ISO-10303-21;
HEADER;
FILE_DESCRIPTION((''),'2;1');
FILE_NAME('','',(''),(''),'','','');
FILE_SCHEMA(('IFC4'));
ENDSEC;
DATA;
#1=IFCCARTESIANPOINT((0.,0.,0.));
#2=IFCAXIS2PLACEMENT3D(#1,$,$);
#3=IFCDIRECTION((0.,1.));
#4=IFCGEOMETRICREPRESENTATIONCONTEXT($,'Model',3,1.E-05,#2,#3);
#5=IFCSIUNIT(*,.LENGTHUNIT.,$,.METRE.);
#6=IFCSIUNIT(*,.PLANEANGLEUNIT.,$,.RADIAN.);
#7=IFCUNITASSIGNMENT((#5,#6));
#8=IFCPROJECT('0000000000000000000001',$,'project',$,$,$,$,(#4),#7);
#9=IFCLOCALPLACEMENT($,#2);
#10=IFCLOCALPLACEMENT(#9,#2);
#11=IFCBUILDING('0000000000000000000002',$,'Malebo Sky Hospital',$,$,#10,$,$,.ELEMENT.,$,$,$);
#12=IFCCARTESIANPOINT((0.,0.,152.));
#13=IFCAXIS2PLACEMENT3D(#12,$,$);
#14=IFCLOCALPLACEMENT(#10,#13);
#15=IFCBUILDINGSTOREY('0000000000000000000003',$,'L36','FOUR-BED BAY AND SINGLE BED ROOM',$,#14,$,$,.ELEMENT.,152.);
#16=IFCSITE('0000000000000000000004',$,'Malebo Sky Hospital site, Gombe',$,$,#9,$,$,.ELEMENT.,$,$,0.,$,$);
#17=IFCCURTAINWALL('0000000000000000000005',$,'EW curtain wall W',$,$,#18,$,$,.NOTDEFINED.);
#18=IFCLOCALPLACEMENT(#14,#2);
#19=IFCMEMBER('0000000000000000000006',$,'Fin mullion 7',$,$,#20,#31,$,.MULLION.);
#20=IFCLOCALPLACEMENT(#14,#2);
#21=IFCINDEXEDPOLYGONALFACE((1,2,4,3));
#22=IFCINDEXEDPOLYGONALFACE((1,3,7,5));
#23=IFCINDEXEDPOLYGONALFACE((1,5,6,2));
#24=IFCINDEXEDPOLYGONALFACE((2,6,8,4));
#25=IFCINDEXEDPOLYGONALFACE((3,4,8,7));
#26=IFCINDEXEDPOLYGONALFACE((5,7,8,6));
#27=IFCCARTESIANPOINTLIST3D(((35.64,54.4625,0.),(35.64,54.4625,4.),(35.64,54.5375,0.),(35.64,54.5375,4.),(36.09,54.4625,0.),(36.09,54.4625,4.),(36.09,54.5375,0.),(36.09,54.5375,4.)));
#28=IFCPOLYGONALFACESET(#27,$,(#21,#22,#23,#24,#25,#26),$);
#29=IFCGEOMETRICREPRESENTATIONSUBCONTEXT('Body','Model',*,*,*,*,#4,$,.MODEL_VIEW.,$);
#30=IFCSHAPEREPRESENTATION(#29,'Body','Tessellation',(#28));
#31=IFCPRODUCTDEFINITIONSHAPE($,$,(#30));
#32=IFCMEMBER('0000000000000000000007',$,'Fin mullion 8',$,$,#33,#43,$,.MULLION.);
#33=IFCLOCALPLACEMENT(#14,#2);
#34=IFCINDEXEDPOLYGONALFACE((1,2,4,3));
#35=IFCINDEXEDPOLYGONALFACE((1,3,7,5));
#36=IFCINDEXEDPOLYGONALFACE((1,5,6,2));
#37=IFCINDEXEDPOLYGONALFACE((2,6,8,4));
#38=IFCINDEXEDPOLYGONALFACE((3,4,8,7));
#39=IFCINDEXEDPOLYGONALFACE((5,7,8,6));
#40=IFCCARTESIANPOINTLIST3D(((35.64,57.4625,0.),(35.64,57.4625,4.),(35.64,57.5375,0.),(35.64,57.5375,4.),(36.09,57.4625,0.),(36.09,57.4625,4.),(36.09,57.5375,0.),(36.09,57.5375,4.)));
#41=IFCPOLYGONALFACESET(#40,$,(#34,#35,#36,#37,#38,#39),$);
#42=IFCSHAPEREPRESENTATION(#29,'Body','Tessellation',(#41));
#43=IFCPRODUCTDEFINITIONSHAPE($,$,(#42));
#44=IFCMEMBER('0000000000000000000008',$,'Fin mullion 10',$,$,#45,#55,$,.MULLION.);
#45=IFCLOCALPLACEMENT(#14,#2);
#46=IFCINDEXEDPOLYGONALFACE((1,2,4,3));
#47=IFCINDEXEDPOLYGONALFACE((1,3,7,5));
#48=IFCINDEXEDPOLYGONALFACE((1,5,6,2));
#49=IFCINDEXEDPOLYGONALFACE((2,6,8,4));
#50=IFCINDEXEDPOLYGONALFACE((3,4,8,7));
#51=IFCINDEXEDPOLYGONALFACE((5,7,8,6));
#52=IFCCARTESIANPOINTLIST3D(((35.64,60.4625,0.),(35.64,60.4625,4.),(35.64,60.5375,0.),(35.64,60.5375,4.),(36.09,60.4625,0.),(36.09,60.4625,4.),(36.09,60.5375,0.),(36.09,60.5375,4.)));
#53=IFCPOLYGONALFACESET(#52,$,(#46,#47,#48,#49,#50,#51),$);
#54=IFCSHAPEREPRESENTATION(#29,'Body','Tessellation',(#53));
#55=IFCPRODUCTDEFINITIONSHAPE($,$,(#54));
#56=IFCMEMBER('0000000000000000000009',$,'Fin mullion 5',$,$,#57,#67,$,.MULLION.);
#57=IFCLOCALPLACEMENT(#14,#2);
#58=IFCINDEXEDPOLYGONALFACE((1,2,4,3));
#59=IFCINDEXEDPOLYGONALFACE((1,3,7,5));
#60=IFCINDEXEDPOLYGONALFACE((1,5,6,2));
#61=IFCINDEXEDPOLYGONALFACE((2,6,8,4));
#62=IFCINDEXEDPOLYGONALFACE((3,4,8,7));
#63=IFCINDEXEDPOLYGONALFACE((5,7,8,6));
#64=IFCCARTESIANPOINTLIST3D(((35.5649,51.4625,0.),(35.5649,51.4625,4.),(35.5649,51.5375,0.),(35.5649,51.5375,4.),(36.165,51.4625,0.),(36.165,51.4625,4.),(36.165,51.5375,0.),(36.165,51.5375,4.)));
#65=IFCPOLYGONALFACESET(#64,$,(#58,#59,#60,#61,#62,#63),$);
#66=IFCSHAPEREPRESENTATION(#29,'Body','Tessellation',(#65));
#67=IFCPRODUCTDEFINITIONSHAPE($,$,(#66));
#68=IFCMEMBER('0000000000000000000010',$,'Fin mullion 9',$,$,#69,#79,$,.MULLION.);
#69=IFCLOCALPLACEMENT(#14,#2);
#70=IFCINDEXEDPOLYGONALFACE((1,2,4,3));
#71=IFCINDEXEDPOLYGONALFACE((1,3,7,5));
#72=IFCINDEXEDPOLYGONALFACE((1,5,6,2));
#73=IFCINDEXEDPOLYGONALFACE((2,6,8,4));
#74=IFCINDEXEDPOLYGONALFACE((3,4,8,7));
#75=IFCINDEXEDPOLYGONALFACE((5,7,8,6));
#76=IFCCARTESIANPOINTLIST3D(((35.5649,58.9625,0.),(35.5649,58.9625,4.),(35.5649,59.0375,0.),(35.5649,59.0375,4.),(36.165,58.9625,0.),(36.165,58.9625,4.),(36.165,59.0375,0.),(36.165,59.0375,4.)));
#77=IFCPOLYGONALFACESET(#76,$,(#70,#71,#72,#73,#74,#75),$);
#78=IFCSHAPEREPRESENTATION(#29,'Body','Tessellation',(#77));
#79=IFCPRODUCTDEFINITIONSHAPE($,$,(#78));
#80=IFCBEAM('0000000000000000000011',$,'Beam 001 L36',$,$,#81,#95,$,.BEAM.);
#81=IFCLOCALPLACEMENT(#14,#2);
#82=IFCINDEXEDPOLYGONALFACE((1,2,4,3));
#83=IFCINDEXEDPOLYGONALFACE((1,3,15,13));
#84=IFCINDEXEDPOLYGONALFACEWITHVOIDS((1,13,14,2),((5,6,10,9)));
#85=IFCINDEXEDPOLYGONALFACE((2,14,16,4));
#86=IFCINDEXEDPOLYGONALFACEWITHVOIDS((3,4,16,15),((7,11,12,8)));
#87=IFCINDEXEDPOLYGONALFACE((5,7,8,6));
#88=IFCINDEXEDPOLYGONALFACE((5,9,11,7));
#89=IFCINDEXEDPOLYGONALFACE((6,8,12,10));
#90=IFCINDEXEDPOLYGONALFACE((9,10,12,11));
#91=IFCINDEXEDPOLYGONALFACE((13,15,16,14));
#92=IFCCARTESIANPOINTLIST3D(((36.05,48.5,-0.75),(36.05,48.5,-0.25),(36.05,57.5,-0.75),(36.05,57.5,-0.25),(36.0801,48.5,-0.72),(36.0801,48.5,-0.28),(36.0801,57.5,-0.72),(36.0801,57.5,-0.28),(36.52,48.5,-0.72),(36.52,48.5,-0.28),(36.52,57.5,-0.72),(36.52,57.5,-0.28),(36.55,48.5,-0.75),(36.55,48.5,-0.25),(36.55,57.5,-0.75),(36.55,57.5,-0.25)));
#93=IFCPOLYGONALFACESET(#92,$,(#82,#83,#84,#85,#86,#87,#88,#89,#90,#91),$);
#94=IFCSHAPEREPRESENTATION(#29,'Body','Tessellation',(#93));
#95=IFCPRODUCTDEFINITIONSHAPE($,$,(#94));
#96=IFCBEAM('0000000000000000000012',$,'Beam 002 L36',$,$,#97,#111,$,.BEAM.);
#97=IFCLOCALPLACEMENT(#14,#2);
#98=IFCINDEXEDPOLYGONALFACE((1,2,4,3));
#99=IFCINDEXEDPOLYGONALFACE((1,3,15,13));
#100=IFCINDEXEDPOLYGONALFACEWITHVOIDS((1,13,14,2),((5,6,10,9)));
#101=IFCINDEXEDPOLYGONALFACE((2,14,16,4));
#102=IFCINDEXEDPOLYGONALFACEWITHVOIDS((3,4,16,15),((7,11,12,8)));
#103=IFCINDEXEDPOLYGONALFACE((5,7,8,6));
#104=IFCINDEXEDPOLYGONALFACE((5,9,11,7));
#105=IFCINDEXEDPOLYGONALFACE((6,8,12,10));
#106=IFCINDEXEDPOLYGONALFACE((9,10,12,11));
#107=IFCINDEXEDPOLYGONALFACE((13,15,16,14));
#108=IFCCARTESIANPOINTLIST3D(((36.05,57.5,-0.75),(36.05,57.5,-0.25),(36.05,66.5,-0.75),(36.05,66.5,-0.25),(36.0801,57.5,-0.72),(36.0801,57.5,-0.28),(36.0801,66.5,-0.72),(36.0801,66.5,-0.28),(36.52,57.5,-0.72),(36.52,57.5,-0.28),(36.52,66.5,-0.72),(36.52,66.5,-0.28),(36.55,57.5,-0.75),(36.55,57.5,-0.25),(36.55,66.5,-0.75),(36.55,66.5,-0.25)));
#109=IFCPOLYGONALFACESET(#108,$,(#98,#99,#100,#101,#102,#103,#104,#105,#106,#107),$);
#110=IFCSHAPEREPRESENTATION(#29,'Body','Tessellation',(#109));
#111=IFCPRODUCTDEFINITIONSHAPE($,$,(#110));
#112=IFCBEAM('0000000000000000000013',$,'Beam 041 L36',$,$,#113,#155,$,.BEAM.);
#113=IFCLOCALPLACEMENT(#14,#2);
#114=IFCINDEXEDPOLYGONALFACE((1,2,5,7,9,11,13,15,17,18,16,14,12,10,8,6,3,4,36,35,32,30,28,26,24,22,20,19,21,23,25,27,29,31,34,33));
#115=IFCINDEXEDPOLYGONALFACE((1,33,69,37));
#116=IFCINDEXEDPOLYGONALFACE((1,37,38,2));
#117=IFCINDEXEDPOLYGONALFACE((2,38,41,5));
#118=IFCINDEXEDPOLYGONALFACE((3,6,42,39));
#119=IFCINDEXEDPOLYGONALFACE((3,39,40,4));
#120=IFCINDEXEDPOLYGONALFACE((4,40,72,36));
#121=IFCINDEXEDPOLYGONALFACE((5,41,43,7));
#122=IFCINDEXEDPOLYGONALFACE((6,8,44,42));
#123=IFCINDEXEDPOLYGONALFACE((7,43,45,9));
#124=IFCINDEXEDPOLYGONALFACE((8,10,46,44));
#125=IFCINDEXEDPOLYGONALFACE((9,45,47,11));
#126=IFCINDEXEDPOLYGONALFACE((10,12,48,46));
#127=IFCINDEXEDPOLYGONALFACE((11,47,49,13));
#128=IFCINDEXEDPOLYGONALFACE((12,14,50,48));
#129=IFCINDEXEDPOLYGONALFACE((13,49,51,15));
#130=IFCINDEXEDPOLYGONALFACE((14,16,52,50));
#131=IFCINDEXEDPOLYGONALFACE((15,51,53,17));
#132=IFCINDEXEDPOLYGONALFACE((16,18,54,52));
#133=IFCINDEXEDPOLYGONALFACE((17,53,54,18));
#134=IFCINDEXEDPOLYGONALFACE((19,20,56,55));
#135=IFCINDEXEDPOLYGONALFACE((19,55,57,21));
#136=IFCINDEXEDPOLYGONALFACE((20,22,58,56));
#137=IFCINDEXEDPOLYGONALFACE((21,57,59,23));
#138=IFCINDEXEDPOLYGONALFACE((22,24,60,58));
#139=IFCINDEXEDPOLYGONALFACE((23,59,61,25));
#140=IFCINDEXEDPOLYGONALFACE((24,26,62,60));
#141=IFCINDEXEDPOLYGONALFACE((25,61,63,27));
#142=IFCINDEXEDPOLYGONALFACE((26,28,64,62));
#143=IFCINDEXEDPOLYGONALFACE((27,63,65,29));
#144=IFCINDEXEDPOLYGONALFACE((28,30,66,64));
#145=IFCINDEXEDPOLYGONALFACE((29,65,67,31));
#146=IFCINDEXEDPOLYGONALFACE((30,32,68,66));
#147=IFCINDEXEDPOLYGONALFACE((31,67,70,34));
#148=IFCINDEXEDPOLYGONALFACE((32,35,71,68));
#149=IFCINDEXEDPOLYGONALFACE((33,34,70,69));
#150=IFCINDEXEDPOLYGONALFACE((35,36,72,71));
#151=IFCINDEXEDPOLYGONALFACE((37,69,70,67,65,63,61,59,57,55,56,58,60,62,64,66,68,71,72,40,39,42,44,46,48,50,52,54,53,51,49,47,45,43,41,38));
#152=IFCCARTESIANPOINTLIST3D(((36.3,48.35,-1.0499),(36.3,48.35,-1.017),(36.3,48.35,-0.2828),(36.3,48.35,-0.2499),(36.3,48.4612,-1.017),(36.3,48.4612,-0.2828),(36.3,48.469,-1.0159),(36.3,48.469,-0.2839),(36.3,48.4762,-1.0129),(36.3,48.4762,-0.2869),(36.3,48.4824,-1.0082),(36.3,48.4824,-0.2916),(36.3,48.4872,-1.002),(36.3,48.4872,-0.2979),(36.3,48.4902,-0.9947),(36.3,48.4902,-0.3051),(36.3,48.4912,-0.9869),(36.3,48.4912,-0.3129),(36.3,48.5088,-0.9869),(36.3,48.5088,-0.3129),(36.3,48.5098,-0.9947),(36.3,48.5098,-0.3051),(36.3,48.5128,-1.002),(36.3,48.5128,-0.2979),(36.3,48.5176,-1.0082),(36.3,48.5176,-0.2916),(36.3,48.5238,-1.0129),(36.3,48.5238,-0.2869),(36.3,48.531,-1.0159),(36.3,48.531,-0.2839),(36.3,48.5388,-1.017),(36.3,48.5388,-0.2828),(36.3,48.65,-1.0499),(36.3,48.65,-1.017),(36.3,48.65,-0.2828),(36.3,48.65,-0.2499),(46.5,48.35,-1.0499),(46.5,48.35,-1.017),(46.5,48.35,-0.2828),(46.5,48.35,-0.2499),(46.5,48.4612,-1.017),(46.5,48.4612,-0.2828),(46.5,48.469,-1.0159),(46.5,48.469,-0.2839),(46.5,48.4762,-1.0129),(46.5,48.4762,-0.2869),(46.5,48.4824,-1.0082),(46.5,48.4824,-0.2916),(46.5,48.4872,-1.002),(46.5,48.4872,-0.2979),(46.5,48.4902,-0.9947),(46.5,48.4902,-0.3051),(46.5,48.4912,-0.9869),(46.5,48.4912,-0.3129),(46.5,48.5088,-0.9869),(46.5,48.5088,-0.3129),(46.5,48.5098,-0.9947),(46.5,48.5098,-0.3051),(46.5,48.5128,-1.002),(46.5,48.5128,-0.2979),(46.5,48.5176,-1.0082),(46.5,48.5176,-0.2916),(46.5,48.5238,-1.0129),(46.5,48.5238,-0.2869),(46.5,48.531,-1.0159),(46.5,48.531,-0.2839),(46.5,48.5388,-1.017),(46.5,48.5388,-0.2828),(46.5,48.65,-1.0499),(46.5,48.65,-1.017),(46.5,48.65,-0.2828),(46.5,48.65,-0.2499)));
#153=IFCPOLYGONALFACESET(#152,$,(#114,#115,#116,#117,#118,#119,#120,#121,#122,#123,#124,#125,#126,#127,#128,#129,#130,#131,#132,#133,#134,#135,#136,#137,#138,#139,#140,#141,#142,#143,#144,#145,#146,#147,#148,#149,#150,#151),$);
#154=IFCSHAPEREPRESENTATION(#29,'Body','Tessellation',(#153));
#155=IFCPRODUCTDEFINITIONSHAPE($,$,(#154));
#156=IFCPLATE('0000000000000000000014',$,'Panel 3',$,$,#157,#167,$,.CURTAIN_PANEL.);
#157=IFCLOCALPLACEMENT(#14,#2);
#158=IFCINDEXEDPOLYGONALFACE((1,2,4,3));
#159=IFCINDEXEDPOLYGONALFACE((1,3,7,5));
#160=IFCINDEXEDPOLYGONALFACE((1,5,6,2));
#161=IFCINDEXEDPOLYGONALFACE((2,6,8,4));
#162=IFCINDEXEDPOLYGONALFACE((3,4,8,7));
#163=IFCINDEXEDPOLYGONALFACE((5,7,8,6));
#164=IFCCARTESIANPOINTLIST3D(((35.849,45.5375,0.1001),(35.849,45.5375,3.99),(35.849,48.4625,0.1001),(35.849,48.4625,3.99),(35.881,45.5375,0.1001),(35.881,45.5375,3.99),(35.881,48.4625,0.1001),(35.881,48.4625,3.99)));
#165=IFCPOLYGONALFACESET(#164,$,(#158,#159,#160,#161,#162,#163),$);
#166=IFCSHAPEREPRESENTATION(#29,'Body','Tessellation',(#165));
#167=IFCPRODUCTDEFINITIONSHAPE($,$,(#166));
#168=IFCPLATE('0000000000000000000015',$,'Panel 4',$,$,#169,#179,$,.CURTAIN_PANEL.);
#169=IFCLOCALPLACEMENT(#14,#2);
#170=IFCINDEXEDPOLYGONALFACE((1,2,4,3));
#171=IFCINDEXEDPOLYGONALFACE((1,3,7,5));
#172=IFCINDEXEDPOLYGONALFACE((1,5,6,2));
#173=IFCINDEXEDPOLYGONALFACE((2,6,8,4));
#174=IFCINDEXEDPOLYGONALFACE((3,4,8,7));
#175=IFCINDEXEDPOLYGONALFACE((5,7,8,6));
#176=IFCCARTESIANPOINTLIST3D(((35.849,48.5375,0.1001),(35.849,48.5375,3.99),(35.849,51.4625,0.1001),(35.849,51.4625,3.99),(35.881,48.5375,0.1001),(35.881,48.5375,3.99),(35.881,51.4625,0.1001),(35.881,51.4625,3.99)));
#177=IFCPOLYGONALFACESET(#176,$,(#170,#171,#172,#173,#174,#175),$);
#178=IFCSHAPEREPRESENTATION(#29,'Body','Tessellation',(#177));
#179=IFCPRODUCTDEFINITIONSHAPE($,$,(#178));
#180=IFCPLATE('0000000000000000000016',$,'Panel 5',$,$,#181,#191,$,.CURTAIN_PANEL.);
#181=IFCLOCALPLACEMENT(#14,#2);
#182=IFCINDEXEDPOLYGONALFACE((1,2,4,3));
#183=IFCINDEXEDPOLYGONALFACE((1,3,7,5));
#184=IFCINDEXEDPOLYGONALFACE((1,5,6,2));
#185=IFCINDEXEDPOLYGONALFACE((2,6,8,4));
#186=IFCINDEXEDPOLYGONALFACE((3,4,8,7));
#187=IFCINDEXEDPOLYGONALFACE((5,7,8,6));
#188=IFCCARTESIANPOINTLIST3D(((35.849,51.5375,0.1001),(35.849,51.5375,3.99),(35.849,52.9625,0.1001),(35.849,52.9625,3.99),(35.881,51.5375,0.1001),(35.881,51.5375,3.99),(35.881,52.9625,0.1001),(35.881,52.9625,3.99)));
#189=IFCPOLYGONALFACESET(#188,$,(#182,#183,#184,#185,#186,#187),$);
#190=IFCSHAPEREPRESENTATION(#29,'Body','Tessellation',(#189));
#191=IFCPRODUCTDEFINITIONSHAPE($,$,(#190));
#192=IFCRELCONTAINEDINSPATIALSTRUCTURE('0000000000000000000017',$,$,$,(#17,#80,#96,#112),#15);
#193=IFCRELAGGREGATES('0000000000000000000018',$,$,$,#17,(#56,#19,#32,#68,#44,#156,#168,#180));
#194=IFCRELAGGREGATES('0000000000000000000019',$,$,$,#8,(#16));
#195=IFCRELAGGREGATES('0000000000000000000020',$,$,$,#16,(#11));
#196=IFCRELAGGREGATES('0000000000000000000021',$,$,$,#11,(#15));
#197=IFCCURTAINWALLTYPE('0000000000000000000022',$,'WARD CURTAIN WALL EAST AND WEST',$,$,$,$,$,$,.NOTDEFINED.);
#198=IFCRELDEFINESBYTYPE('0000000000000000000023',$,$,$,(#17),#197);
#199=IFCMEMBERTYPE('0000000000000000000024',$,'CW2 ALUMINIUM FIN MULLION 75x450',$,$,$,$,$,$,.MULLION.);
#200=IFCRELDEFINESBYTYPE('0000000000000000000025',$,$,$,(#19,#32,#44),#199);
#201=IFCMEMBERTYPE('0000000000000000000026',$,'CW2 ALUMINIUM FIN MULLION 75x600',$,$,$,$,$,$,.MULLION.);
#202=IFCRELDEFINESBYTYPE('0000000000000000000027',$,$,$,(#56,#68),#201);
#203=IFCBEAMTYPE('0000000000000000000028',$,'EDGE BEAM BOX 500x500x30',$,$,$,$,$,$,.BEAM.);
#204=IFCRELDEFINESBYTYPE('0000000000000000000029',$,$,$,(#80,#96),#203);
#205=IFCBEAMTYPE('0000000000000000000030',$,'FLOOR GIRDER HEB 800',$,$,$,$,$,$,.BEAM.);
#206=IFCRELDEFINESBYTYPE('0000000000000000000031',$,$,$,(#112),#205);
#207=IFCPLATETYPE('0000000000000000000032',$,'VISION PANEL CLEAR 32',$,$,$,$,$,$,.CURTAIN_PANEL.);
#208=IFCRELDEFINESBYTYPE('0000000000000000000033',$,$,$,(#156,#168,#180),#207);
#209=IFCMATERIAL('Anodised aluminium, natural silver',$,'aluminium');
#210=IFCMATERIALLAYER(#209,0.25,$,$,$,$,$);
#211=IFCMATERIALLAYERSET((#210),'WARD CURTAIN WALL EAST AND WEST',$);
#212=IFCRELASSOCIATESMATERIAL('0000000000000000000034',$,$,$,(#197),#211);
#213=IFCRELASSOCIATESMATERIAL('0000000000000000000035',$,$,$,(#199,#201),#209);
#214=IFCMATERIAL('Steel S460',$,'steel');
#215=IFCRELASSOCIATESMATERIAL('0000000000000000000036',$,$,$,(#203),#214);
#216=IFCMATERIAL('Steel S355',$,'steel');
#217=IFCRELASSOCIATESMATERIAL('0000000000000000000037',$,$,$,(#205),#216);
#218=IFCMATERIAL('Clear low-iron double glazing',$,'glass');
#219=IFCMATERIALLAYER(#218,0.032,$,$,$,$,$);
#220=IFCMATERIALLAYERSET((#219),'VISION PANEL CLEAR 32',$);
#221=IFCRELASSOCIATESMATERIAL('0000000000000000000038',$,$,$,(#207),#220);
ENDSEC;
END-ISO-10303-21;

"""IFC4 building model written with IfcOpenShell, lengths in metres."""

from ifc_helpers import new_model, si_unit, direction, frame, origin, origin_2d, place, context, subcontext, project, spatial, rectangle, hollow_rectangle, i_section, extrude, material, layer, layer_set, material_profile, profile_set, type_object, element, aggregate, save


model = new_model("IFC4")

# Units and contexts
model_context = context("Model", 3, precision=1e-05, world=origin(), true_north=direction((0.0, 1.0)))
body_context = subcontext(model_context, "Body", "Model", "MODEL_VIEW")
ifc_project = project(units=[si_unit("LENGTHUNIT", "METRE"), si_unit("PLANEANGLEUNIT", "RADIAN")], contexts=[model_context])

# Site, building, storey
site_placement = place(None, origin())
site = spatial("IfcSite", under=ifc_project, at=site_placement, Name="Malebo Sky Hospital site, Gombe", CompositionType="ELEMENT", RefElevation=0.0)
building_placement = place(site_placement, origin())
building = spatial("IfcBuilding", under=site, at=building_placement, Name="Malebo Sky Hospital", CompositionType="ELEMENT")
storey_placement = place(building_placement, frame((0.0, 0.0, 152.0)))
storey = spatial("IfcBuildingStorey", under=building, at=storey_placement, Name="L36", Description="FOUR-BED BAY AND SINGLE BED ROOM", CompositionType="ELEMENT", Elevation=152.0)

# Shared definitions
ifc_material_1 = material(Name="Steel S460", Category="steel")

# Curtain wall
ifc_material_2 = material(Name="Anodised aluminium, natural silver", Category="aluminium")
ifc_layer_1 = layer(ifc_material_2, 0.25)
ifc_layer_set_1 = layer_set([ifc_layer_1], Name="WARD CURTAIN WALL EAST AND WEST")
curtain_wall_type = type_object("IfcCurtainWallType", Name="WARD CURTAIN WALL EAST AND WEST", PredefinedType="NOTDEFINED", material=ifc_layer_set_1)
curtain_wall_placement = place(storey_placement, origin())
curtain_wall = element("IfcCurtainWall", 1, at=curtain_wall_placement, inside=storey, type_object=curtain_wall_type, Name="EW curtain wall W", PredefinedType="NOTDEFINED")

# Members
ifc_material_3 = material(Name="Steel S355", Category="steel")
ifc_material_profile_1 = material_profile(ifc_material_2, rectangle(XDim=0.075, YDim=0.45, at=origin_2d()), Name="CW2 ALUMINIUM FIN MULLION 75x450")
ifc_profile_set_1 = profile_set([ifc_material_profile_1], Name="Anodised aluminium, natural silver")
member_type_1 = type_object("IfcMemberType", Name="CW2 ALUMINIUM FIN MULLION 75x450", PredefinedType="MULLION", material=ifc_profile_set_1)
member_1_placement = place(storey_placement, frame((35.865, 54.5, 0.0), z_axis=(0.0, 0.0, 1.0), x_axis=(0.0, 1.0, 0.0)))
member_1 = element("IfcMember", 2, at=member_1_placement, type_object=member_type_1, Name="Fin mullion 7", PredefinedType="MULLION", context=body_context, shape_type="SweptSolid", body=[
    extrude(rectangle(XDim=0.075, YDim=0.45, at=origin_2d()), origin(), (0.0, 0.0, 1.0), 4.0),
])
member_2_placement = place(storey_placement, frame((35.865, 57.5, 0.0), z_axis=(0.0, 0.0, 1.0), x_axis=(0.0, 1.0, 0.0)))
member_2 = element("IfcMember", 3, at=member_2_placement, type_object=member_type_1, Name="Fin mullion 8", PredefinedType="MULLION", context=body_context, shape_type="SweptSolid", body=[
    extrude(rectangle(XDim=0.075, YDim=0.45, at=origin_2d()), origin(), (0.0, 0.0, 1.0), 4.0),
])
member_3_placement = place(storey_placement, frame((35.865, 60.5, 0.0), z_axis=(0.0, 0.0, 1.0), x_axis=(0.0, 1.0, 0.0)))
member_3 = element("IfcMember", 4, at=member_3_placement, type_object=member_type_1, Name="Fin mullion 10", PredefinedType="MULLION", context=body_context, shape_type="SweptSolid", body=[
    extrude(rectangle(XDim=0.075, YDim=0.45, at=origin_2d()), origin(), (0.0, 0.0, 1.0), 4.0),
])
ifc_material_profile_2 = material_profile(ifc_material_2, rectangle(XDim=0.075, YDim=0.6001, at=origin_2d()), Name="CW2 ALUMINIUM FIN MULLION 75x600")
ifc_profile_set_2 = profile_set([ifc_material_profile_2], Name="Anodised aluminium, natural silver")
member_type_2 = type_object("IfcMemberType", Name="CW2 ALUMINIUM FIN MULLION 75x600", PredefinedType="MULLION", material=ifc_profile_set_2)
member_4_placement = place(storey_placement, frame((35.865, 51.5, 0.0), z_axis=(0.0, 0.0, 1.0), x_axis=(0.0, 1.0, 0.0)))
member_4 = element("IfcMember", 5, at=member_4_placement, type_object=member_type_2, Name="Fin mullion 5", PredefinedType="MULLION", context=body_context, shape_type="SweptSolid", body=[
    extrude(rectangle(XDim=0.075, YDim=0.6001, at=origin_2d()), origin(), (0.0, 0.0, 1.0), 4.0),
])
member_5_placement = place(storey_placement, frame((35.865, 59.0, 0.0), z_axis=(0.0, 0.0, 1.0), x_axis=(0.0, 1.0, 0.0)))
member_5 = element("IfcMember", 6, at=member_5_placement, type_object=member_type_2, Name="Fin mullion 9", PredefinedType="MULLION", context=body_context, shape_type="SweptSolid", body=[
    extrude(rectangle(XDim=0.075, YDim=0.6001, at=origin_2d()), origin(), (0.0, 0.0, 1.0), 4.0),
])

# Beams
ifc_material_profile_3 = material_profile(ifc_material_1, hollow_rectangle(XDim=0.5, YDim=0.5, WallThickness=0.03, at=origin_2d()), Name="BOX 500x500x30")
ifc_profile_set_3 = profile_set([ifc_material_profile_3], Name="Steel S460")
beam_type_1 = type_object("IfcBeamType", Name="EDGE BEAM BOX 500x500x30", PredefinedType="BEAM", material=ifc_profile_set_3)
for number, where, z_axis, x_axis, name in (
    (7, (36.3, 48.5, -0.5), (0.0, 1.0, 0.0), (-1.0, 0.0, 0.0), "Beam 001 L36"),
    (8, (36.3, 57.5, -0.5), (0.0, 1.0, 0.0), (-1.0, 0.0, 0.0), "Beam 002 L36"),
):
    element("IfcBeam", number, at=place(storey_placement, frame(where, z_axis=z_axis, x_axis=x_axis)), inside=storey, type_object=beam_type_1, Name=name, PredefinedType="BEAM", context=body_context, shape_type="SweptSolid", body=[
        extrude(hollow_rectangle(XDim=0.5, YDim=0.5, WallThickness=0.03, at=origin_2d()), origin(), (0.0, 0.0, 1.0), 9.0),
    ])
ifc_material_profile_4 = material_profile(ifc_material_3, i_section(OverallWidth=0.3, OverallDepth=0.8, WebThickness=0.0176, FlangeThickness=0.033, FilletRadius=0.03, at=origin_2d()), Name="HEB 800")
ifc_profile_set_4 = profile_set([ifc_material_profile_4], Name="Steel S355")
beam_type_2 = type_object("IfcBeamType", Name="FLOOR GIRDER HEB 800", PredefinedType="BEAM", material=ifc_profile_set_4)
beam_placement = place(storey_placement, frame((36.3, 48.5, -0.6499), z_axis=(1.0, 0.0, 0.0), x_axis=(0.0, 1.0, 0.0)))
element("IfcBeam", 9, at=beam_placement, inside=storey, type_object=beam_type_2, Name="Beam 041 L36", PredefinedType="BEAM", context=body_context, shape_type="SweptSolid", body=[
    extrude(i_section(OverallWidth=0.3, OverallDepth=0.8, WebThickness=0.0176, FlangeThickness=0.033, FilletRadius=0.03, at=origin_2d()), origin(), (0.0, 0.0, 1.0), 10.2),
])

# Plates
ifc_material_4 = material(Name="Clear low-iron double glazing", Category="glass")
ifc_layer_2 = layer(ifc_material_4, 0.032)
ifc_layer_set_2 = layer_set([ifc_layer_2], Name="VISION PANEL CLEAR 32")
plate_type = type_object("IfcPlateType", Name="VISION PANEL CLEAR 32", PredefinedType="CURTAIN_PANEL", material=ifc_layer_set_2)
plate_1_placement = place(storey_placement, frame((35.865, 47.0, 0.1001), z_axis=(0.0, 0.0, 1.0), x_axis=(0.0, 1.0, 0.0)))
plate_1 = element("IfcPlate", 10, at=plate_1_placement, type_object=plate_type, Name="Panel 3", PredefinedType="CURTAIN_PANEL", context=body_context, shape_type="SweptSolid", body=[
    extrude(rectangle(XDim=2.925, YDim=0.032, at=origin_2d()), origin(), (0.0, 0.0, 1.0), 3.8899),
])
plate_2_placement = place(storey_placement, frame((35.865, 50.0, 0.1001), z_axis=(0.0, 0.0, 1.0), x_axis=(0.0, 1.0, 0.0)))
plate_2 = element("IfcPlate", 11, at=plate_2_placement, type_object=plate_type, Name="Panel 4", PredefinedType="CURTAIN_PANEL", context=body_context, shape_type="SweptSolid", body=[
    extrude(rectangle(XDim=2.925, YDim=0.032, at=origin_2d()), origin(), (0.0, 0.0, 1.0), 3.8899),
])
plate_3_placement = place(storey_placement, frame((35.865, 52.25, 0.1001), z_axis=(0.0, 0.0, 1.0), x_axis=(0.0, 1.0, 0.0)))
plate_3 = element("IfcPlate", 12, at=plate_3_placement, type_object=plate_type, Name="Panel 5", PredefinedType="CURTAIN_PANEL", context=body_context, shape_type="SweptSolid", body=[
    extrude(rectangle(XDim=1.425, YDim=0.032, at=origin_2d()), origin(), (0.0, 0.0, 1.0), 3.8899),
])
aggregate(curtain_wall, [member_4, member_1, member_2, member_5, member_3, plate_1, plate_2, plate_3])

save(model, "model.ifc")
